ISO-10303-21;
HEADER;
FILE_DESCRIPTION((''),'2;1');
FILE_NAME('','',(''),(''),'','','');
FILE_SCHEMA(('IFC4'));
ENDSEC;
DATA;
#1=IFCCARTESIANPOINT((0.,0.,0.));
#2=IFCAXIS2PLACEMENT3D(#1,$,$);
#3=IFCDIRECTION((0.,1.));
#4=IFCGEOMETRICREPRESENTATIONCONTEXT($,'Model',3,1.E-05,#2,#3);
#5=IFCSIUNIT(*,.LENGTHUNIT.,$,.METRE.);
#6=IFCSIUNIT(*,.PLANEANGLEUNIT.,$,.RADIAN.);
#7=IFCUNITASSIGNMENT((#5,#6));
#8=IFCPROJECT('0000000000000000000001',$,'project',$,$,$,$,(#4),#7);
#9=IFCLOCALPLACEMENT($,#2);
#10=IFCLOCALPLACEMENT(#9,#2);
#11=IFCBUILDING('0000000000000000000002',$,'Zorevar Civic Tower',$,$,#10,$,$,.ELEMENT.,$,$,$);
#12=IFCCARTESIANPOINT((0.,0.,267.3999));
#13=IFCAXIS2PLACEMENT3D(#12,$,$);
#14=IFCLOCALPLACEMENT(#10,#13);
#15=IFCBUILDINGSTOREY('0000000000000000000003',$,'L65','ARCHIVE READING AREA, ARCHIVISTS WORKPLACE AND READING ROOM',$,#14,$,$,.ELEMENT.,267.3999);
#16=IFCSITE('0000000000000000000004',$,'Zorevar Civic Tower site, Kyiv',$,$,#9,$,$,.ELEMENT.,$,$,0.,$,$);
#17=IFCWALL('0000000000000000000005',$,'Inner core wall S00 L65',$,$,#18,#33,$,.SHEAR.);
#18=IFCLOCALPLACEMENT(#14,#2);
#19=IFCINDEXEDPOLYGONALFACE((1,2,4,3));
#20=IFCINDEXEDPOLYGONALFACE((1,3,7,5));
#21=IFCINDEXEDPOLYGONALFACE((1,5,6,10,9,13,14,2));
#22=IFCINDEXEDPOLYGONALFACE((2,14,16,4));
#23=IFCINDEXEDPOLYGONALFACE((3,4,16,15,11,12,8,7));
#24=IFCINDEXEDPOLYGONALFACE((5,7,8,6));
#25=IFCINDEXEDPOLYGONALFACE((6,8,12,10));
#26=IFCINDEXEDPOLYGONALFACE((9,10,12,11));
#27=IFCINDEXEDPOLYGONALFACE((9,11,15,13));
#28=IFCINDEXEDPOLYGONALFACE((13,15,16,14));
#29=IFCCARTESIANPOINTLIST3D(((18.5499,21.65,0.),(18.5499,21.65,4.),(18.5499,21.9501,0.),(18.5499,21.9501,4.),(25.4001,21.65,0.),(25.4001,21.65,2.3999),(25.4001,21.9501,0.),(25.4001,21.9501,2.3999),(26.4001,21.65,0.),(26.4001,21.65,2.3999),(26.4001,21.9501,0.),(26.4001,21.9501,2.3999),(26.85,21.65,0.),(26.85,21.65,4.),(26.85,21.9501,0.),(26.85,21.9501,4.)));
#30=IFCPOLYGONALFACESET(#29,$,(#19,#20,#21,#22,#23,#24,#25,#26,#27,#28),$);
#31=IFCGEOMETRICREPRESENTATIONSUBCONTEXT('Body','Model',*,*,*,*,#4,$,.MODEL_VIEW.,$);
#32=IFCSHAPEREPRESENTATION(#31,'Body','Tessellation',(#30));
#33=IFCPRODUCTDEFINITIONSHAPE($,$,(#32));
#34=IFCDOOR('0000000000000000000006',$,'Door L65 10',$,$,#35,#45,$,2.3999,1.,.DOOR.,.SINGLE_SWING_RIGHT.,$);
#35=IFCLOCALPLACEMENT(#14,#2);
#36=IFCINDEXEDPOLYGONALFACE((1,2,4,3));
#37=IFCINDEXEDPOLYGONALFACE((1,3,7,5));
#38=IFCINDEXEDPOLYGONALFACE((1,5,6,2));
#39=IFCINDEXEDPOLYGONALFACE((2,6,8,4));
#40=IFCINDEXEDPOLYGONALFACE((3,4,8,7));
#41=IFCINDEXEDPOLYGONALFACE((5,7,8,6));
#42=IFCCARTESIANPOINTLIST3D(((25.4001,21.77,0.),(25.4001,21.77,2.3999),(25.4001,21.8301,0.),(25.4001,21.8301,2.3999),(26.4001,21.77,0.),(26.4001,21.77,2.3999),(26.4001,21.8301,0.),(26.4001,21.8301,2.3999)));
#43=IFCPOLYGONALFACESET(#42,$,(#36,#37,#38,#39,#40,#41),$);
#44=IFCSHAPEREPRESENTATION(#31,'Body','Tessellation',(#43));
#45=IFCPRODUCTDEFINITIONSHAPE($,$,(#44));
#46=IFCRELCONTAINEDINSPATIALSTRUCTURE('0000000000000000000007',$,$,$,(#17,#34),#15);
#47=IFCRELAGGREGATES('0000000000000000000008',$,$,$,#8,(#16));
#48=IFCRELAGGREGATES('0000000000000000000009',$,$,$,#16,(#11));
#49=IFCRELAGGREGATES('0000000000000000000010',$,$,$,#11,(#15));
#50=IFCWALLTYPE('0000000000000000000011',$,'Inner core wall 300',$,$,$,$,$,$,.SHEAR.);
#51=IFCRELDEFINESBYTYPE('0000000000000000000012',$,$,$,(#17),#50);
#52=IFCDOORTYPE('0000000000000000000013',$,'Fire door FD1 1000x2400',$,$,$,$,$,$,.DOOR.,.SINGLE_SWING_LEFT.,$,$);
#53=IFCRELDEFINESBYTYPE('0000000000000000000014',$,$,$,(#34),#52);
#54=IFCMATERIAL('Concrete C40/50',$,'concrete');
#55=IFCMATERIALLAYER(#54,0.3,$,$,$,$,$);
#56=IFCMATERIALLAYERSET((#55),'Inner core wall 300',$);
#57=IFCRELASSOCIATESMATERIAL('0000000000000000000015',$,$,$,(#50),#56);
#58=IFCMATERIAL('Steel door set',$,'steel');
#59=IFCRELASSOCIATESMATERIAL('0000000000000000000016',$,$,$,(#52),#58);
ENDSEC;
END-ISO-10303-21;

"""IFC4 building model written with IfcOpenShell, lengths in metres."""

from ifc_helpers import new_model, si_unit, direction, frame, frame_2d, origin, place, context, subcontext, project, spatial, rectangle, extrude, material, layer, layer_set, type_object, element, fill, save


model = new_model("IFC4")

# Units and contexts
model_context = context("Model", 3, precision=1e-05, world=origin(), true_north=direction((0.0, 1.0)))
body_context = subcontext(model_context, "Body", "Model", "MODEL_VIEW")
ifc_project = project(units=[si_unit("LENGTHUNIT", "METRE"), si_unit("PLANEANGLEUNIT", "RADIAN")], contexts=[model_context])

# Site, building, storey
site_placement = place(None, origin())
site = spatial("IfcSite", under=ifc_project, at=site_placement, Name="Zorevar Civic Tower site, Kyiv", CompositionType="ELEMENT", RefElevation=0.0)
building_placement = place(site_placement, origin())
building = spatial("IfcBuilding", under=site, at=building_placement, Name="Zorevar Civic Tower", CompositionType="ELEMENT")
storey_placement = place(building_placement, frame((0.0, 0.0, 267.3999)))
storey = spatial("IfcBuildingStorey", under=building, at=storey_placement, Name="L65", Description="ARCHIVE READING AREA, ARCHIVISTS WORKPLACE AND READING ROOM", CompositionType="ELEMENT", Elevation=267.3999)

# Wall, opening, door
ifc_material_1 = material(Name="Concrete C40/50", Category="concrete")
ifc_layer_1 = layer(ifc_material_1, 0.3)
ifc_layer_set_1 = layer_set([ifc_layer_1], Name="Inner core wall 300")
wall_type_1 = type_object("IfcWallType", Name="Inner core wall 300", PredefinedType="SHEAR", material=ifc_layer_set_1)
wall_1_placement = place(storey_placement, frame((18.55, 21.8, 0.0), z_axis=(0.0, 0.0, 1.0), x_axis=(1.0, 0.0, 0.0)))
wall_1 = element("IfcWall", 1, at=wall_1_placement, inside=storey, type_object=wall_type_1, Name="Inner core wall S00 L65", PredefinedType="SHEAR", context=body_context, shape_type="SweptSolid", body=[
    extrude(rectangle(XDim=8.3, YDim=0.3, at=frame_2d((4.1499, 0.0))), origin(), (0.0, 0.0, 1.0), 4.0),
])
opening_1_placement = place(wall_1_placement, frame((6.8501, 0.0, 0.0)))
opening_1 = element("IfcOpeningElement", 2, at=opening_1_placement, cuts=wall_1, PredefinedType="OPENING", context=body_context, shape_type="SweptSolid", body=[
    extrude(rectangle(XDim=1.0, YDim=2.3999, at=frame_2d((0.5, 1.2))), frame((0.0, 0.1599, 0.0), z_axis=(0.0, -1.0, 0.0), x_axis=(1.0, 0.0, 0.0)), (0.0, 0.0, 1.0), 0.3201),
])
ifc_material_2 = material(Name="Steel door set", Category="steel")
door_type_1 = type_object("IfcDoorType", Name="Fire door FD1 1000x2400", OperationType="SINGLE_SWING_LEFT", PredefinedType="DOOR", material=ifc_material_2)
door_1_placement = place(opening_1_placement, origin())
door_1 = element("IfcDoor", 3, at=door_1_placement, inside=storey, type_object=door_type_1, Name="Door L65 10", OperationType="SINGLE_SWING_RIGHT", OverallHeight=2.3999, OverallWidth=1.0, PredefinedType="DOOR", context=body_context, shape_type="SweptSolid", body=[
    extrude(rectangle(XDim=1.0, YDim=2.3999, at=frame_2d((0.5, 1.2))), frame((0.0, 0.03, 0.0), z_axis=(0.0, -1.0, 0.0), x_axis=(1.0, 0.0, 0.0)), (0.0, 0.0, 1.0), 0.0601),
])
fill(opening_1, door_1)

save(model, "model.ifc")
